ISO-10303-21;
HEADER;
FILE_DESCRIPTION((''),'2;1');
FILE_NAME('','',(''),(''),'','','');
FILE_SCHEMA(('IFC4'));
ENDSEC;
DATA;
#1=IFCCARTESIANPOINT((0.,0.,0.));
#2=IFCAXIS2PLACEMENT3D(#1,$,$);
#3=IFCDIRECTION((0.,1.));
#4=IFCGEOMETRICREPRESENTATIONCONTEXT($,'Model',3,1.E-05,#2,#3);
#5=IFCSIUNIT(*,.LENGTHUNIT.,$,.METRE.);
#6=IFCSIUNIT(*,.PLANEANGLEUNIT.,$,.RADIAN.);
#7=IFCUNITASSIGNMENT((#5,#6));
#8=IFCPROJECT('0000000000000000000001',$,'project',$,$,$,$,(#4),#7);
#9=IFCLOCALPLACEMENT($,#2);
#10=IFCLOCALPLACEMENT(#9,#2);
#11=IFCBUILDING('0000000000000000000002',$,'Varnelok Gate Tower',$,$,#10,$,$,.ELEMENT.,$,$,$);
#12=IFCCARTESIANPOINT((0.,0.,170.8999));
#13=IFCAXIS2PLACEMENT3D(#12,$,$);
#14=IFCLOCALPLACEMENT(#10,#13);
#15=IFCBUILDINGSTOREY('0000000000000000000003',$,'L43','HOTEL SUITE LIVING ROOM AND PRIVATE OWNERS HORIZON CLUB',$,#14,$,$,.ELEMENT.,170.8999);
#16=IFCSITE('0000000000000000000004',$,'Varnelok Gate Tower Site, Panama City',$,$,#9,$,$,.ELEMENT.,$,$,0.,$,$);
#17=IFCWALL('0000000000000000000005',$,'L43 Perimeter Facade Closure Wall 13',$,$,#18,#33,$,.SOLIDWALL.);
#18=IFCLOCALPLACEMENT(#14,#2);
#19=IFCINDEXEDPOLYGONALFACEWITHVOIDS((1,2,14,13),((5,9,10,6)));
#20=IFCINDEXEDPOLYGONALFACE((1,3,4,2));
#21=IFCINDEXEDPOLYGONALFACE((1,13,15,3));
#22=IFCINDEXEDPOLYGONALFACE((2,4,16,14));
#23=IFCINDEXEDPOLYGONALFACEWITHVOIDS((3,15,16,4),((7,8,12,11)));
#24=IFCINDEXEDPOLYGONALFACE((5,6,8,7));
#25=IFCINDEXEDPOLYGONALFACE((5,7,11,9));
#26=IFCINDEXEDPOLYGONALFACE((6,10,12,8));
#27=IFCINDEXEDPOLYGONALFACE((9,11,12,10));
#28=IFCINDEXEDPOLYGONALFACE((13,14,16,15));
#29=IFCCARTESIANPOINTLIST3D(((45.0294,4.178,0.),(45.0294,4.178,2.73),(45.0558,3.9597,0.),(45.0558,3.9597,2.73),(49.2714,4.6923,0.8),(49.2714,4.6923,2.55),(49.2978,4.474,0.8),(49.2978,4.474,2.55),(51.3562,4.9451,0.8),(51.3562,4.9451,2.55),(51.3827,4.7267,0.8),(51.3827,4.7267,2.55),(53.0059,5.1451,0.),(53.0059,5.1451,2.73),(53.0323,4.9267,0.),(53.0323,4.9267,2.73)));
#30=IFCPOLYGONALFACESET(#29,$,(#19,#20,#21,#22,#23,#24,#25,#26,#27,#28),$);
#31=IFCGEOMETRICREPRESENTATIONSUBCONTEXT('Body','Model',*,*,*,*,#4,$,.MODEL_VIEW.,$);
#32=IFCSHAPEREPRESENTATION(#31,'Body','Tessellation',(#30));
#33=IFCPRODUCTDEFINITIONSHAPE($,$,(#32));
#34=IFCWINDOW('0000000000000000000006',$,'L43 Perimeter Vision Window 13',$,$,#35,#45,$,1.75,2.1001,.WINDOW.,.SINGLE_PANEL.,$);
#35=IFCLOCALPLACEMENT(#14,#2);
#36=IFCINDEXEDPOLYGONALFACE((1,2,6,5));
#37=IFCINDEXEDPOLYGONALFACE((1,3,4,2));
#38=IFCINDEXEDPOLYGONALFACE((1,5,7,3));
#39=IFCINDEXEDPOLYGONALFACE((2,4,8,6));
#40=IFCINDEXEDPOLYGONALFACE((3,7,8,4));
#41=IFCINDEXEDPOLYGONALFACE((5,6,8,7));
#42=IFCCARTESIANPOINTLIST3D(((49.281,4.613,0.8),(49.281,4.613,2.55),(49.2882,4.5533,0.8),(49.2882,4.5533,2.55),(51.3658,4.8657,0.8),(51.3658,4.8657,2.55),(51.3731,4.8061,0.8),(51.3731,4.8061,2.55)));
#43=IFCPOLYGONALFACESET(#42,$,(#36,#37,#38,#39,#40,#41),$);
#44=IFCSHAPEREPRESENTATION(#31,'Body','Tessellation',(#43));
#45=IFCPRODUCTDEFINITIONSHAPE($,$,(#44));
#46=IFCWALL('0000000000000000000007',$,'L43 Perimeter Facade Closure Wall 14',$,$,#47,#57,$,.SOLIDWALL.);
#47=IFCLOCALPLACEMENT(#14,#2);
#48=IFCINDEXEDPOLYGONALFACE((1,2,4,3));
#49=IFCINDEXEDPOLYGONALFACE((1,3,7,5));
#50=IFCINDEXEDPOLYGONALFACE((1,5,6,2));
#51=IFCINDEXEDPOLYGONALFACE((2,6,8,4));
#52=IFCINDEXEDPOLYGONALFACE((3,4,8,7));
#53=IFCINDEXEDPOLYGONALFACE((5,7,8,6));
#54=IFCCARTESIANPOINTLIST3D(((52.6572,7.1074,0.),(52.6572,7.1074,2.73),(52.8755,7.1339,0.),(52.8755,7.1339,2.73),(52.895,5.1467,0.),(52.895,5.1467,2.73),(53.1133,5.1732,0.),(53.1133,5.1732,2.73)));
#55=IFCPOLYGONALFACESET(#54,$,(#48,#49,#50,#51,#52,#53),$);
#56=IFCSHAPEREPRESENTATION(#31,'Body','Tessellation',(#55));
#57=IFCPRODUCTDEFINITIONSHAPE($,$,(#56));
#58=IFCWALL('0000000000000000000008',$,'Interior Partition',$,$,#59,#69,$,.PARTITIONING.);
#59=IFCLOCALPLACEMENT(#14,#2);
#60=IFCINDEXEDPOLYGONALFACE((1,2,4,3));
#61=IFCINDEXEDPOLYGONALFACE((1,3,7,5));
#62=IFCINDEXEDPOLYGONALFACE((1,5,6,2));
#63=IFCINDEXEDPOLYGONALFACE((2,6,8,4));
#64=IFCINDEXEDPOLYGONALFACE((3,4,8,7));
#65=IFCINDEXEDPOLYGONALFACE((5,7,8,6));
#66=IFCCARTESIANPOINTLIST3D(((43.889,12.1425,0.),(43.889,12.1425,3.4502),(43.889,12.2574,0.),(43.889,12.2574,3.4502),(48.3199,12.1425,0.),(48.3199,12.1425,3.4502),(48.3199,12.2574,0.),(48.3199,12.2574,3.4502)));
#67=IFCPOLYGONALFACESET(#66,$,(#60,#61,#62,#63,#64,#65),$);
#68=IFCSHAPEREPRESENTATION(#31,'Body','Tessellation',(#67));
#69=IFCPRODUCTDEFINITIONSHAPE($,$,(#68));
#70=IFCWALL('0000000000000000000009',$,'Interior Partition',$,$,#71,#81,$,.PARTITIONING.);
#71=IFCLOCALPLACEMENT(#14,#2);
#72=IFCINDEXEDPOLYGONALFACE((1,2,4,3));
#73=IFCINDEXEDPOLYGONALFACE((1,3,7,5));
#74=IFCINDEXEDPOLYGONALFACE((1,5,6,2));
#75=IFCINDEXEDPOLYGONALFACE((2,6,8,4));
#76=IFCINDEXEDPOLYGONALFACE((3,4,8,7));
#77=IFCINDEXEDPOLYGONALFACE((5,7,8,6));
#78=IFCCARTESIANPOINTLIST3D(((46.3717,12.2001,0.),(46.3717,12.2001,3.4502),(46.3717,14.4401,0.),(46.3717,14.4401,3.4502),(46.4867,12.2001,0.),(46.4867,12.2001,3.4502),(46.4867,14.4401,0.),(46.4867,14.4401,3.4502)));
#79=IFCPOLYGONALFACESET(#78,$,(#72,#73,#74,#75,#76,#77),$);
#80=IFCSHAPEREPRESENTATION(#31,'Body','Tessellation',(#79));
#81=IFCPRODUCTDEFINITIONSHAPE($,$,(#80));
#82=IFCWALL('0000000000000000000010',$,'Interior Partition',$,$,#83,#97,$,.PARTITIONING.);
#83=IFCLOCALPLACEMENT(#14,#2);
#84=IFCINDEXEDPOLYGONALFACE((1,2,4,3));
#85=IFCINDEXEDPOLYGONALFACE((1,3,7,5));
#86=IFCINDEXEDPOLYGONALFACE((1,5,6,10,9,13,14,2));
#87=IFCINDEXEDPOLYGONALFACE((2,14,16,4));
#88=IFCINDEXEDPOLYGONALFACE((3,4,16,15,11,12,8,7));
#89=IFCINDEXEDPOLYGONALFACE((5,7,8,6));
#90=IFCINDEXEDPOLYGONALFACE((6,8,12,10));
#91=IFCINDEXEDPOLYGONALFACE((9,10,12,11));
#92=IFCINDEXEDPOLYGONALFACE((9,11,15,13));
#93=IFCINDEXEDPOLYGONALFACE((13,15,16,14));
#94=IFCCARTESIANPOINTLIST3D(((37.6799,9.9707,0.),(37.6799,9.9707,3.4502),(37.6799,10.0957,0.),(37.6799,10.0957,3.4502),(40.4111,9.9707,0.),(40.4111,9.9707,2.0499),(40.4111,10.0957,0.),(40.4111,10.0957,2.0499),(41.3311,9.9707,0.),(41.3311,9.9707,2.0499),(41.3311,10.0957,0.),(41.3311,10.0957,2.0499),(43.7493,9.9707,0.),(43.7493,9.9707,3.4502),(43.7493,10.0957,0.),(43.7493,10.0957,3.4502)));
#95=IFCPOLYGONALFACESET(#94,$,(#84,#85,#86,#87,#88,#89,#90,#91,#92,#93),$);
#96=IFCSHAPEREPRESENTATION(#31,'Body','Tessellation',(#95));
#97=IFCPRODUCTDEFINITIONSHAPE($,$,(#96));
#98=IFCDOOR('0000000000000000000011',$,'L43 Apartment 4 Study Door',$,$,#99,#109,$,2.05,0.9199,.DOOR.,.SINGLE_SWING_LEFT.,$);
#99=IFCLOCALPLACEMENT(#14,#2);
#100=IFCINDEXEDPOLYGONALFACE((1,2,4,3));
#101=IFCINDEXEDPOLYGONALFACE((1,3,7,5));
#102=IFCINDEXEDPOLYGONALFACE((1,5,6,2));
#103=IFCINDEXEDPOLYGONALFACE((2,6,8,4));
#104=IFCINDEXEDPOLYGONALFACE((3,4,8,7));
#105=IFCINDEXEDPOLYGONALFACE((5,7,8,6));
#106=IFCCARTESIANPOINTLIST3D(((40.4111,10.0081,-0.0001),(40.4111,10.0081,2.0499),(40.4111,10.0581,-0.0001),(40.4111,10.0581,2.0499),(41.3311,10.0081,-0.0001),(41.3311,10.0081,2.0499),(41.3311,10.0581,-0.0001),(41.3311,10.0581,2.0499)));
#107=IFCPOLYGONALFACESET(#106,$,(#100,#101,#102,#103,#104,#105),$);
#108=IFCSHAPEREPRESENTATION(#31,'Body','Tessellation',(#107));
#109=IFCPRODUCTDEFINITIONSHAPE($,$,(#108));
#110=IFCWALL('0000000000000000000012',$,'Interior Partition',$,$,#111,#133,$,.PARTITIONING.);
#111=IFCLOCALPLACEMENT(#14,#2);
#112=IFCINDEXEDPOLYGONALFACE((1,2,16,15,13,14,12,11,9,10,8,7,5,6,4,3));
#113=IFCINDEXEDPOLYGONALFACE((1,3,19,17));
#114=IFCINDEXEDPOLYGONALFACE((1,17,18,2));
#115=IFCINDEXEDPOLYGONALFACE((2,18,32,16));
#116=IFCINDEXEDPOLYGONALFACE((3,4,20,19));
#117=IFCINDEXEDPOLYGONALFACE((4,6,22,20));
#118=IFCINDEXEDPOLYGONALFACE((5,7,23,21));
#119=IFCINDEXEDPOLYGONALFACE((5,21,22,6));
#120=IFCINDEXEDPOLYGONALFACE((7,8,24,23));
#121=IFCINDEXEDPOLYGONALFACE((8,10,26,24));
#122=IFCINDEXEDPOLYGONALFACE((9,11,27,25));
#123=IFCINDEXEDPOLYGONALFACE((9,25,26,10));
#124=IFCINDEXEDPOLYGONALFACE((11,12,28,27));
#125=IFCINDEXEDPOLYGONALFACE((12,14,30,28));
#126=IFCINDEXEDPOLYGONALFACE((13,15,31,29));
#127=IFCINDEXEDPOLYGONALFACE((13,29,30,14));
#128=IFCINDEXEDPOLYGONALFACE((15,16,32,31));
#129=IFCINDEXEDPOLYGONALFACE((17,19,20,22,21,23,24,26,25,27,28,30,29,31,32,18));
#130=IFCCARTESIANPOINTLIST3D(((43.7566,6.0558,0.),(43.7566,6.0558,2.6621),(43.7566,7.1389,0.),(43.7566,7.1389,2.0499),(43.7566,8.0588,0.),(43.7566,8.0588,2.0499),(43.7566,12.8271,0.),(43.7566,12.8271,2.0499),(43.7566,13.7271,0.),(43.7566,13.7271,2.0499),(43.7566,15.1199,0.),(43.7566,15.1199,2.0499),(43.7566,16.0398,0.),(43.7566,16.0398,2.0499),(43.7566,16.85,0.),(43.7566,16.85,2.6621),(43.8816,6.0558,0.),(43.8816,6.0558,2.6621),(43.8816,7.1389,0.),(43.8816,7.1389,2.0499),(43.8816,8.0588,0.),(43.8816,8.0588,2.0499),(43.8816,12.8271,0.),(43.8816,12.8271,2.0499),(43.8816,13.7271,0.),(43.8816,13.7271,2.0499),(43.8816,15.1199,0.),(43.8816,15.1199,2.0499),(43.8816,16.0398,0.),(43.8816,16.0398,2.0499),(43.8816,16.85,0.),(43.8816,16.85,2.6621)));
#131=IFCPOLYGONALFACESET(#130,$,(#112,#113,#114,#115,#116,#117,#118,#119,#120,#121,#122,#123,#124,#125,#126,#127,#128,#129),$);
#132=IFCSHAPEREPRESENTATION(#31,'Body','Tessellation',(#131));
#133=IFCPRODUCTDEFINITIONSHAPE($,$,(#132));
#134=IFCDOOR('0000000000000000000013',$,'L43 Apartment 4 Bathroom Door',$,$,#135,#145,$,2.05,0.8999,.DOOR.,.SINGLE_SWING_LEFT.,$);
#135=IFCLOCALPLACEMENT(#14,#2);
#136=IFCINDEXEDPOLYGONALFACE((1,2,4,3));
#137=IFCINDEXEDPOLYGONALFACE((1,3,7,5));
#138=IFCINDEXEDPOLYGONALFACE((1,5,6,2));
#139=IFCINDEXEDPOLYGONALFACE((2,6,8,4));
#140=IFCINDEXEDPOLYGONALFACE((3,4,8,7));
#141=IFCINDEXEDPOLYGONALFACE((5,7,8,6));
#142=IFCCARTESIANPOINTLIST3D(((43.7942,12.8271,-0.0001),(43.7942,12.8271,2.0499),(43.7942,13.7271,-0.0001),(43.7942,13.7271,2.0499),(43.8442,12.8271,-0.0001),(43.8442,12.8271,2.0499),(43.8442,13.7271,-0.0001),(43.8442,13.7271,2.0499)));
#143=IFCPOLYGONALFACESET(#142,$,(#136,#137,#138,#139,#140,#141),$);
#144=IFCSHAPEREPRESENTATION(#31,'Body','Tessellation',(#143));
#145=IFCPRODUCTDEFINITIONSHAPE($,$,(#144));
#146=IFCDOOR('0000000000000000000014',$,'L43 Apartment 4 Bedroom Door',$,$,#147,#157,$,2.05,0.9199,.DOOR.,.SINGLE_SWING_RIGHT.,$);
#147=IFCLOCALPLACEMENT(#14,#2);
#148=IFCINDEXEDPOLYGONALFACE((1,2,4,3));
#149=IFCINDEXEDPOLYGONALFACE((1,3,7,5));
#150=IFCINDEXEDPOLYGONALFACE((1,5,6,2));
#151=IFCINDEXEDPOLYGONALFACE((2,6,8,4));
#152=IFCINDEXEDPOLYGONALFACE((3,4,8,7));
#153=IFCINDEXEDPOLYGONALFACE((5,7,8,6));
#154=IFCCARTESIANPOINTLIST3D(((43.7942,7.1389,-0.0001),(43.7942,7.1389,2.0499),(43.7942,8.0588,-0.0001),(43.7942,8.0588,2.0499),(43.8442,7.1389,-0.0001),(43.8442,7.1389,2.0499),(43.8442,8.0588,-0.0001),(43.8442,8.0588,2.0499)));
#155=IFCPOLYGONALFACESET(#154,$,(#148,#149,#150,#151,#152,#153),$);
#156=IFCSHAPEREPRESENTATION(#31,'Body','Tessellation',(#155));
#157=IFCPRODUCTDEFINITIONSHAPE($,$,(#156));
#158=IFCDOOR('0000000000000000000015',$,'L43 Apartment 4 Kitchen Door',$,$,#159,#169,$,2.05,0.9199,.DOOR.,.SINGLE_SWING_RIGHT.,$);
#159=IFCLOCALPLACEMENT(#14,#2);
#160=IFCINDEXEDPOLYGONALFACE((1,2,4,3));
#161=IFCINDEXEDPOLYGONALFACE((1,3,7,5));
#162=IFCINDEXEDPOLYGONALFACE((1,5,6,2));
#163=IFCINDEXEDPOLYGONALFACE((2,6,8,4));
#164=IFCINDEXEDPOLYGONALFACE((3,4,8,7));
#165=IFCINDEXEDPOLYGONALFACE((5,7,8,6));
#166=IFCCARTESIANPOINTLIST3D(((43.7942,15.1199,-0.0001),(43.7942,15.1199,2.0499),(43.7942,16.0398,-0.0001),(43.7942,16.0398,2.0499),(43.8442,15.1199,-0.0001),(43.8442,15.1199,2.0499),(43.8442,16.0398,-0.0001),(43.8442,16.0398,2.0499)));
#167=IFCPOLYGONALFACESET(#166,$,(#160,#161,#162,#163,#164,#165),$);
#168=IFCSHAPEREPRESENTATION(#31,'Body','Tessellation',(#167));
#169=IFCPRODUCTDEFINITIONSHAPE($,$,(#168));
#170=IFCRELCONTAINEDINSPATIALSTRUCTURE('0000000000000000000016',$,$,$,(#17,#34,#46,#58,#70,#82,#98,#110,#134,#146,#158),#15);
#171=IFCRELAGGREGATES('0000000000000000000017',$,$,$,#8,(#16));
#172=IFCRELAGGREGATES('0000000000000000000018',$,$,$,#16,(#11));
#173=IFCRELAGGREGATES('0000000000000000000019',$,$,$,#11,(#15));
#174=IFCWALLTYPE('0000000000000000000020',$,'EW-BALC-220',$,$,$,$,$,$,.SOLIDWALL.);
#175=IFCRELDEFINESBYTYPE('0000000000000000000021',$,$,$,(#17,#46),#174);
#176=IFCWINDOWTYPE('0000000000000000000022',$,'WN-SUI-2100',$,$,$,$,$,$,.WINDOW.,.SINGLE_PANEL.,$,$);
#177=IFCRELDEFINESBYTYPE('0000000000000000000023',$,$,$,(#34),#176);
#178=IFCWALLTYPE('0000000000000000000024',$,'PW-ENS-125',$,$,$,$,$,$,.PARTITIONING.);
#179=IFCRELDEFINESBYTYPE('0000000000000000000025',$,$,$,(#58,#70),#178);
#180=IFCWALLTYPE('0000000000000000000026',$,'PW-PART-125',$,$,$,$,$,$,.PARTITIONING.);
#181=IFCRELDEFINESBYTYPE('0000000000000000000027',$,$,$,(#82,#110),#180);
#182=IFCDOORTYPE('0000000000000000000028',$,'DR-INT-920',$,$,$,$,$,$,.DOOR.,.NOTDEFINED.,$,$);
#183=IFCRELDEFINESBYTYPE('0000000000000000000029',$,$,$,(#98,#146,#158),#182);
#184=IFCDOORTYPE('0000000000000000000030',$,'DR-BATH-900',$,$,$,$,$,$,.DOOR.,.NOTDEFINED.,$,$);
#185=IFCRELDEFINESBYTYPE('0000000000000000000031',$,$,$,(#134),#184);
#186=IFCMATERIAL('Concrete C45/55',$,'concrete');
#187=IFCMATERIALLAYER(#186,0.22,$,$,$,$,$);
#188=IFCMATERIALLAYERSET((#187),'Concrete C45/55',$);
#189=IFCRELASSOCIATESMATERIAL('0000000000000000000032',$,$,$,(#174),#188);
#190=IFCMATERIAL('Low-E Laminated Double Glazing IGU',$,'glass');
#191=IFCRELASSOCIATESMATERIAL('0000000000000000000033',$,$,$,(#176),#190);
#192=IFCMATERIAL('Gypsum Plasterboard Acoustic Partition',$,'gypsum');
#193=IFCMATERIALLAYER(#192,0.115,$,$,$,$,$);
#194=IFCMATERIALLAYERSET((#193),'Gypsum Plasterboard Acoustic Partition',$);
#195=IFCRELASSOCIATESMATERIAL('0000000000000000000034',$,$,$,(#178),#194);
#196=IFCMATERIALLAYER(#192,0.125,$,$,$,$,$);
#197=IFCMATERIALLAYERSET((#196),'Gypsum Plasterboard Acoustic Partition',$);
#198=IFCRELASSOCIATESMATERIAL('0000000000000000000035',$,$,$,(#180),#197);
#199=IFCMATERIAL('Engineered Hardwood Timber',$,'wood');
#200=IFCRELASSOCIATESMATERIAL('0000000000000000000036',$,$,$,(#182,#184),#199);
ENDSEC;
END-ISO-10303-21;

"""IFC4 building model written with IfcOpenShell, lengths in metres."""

from ifc_helpers import new_model, si_unit, direction, frame, frame_2d, origin, place, context, subcontext, project, spatial, rectangle, extrude, material, layer, layer_set, type_object, element, fill, save


model = new_model("IFC4")

# Units and contexts
model_context = context("Model", 3, precision=1e-05, world=origin(), true_north=direction((0.0, 1.0)))
body_context = subcontext(model_context, "Body", "Model", "MODEL_VIEW")
ifc_project = project(units=[si_unit("LENGTHUNIT", "METRE"), si_unit("PLANEANGLEUNIT", "RADIAN")], contexts=[model_context])

# Site, building, storey
site_placement = place(None, origin())
site = spatial("IfcSite", under=ifc_project, at=site_placement, Name="Varnelok Gate Tower Site, Panama City", CompositionType="ELEMENT", RefElevation=0.0)
building_placement = place(site_placement, origin())
building = spatial("IfcBuilding", under=site, at=building_placement, Name="Varnelok Gate Tower", CompositionType="ELEMENT")
storey_placement = place(building_placement, frame((0.0, 0.0, 170.8999)))
storey = spatial("IfcBuildingStorey", under=building, at=storey_placement, Name="L43", Description="HOTEL SUITE LIVING ROOM AND PRIVATE OWNERS HORIZON CLUB", CompositionType="ELEMENT", Elevation=170.8999)

# Shared definitions
ifc_material_1 = material(Name="Concrete C45/55", Category="concrete")
ifc_layer_1 = layer(ifc_material_1, 0.22)
ifc_layer_set_1 = layer_set([ifc_layer_1], Name="Concrete C45/55")
wall_type_1 = type_object("IfcWallType", Name="EW-BALC-220", PredefinedType="SOLIDWALL", material=ifc_layer_set_1)

# Wall, opening, window
ifc_material_2 = material(Name="Low-E Laminated Double Glazing IGU", Category="glass")
wall_1_placement = place(storey_placement, frame((45.0425, 4.0688, 0.0), z_axis=(0.0, 0.0, 1.0), x_axis=(0.992731, 0.120354, 0.0)))
wall_1 = element("IfcWall", 1, at=wall_1_placement, inside=storey, type_object=wall_type_1, Name="L43 Perimeter Facade Closure Wall 13", PredefinedType="SOLIDWALL", context=body_context, shape_type="SweptSolid", body=[
    extrude(rectangle(XDim=8.0349, YDim=0.22, at=frame_2d((4.0176, 0.0))), origin(), (0.0, 0.0, 1.0), 2.73),
])
opening_1_placement = place(wall_1_placement, frame((4.2732, 0.0, 0.8)))
opening_1 = element("IfcOpeningElement", 2, at=opening_1_placement, cuts=wall_1, PredefinedType="OPENING", context=body_context, shape_type="SweptSolid", body=[
    extrude(rectangle(XDim=2.1001, YDim=1.75, at=frame_2d((1.05, 0.875))), frame((0.0, 0.1199, 0.0), z_axis=(0.0, -1.0, 0.0), x_axis=(1.0, 0.0, 0.0)), (0.0, 0.0, 1.0), 0.24),
])
window_type_1 = type_object("IfcWindowType", Name="WN-SUI-2100", PartitioningType="SINGLE_PANEL", PredefinedType="WINDOW", material=ifc_material_2)
window_1_placement = place(opening_1_placement, origin())
window_1 = element("IfcWindow", 3, at=window_1_placement, inside=storey, type_object=window_type_1, Name="L43 Perimeter Vision Window 13", OverallHeight=1.75, OverallWidth=2.1001, PartitioningType="SINGLE_PANEL", PredefinedType="WINDOW", context=body_context, shape_type="SweptSolid", body=[
    extrude(rectangle(XDim=2.1001, YDim=1.75, at=frame_2d((1.05, 0.875))), frame((0.0, 0.03, 0.0), z_axis=(0.0, -1.0, 0.0), x_axis=(1.0, 0.0, 0.0)), (0.0, 0.0, 1.0), 0.0601),
])
fill(opening_1, window_1)

# Walls
wall_2_placement = place(storey_placement, frame((53.0042, 5.1599, 0.0), z_axis=(0.0, 0.0, 1.0), x_axis=(-0.120398, 0.992726, 0.0)))
element("IfcWall", 4, at=wall_2_placement, inside=storey, type_object=wall_type_1, Name="L43 Perimeter Facade Closure Wall 14", PredefinedType="SOLIDWALL", context=body_context, shape_type="SweptSolid", body=[
    extrude(rectangle(XDim=1.9751, YDim=0.22, at=frame_2d((0.9875, 0.0))), origin(), (0.0, 0.0, 1.0), 2.73),
])
ifc_material_3 = material(Name="Gypsum Plasterboard Acoustic Partition", Category="gypsum")
ifc_layer_2 = layer(ifc_material_3, 0.115)
ifc_layer_set_2 = layer_set([ifc_layer_2], Name="Gypsum Plasterboard Acoustic Partition")
wall_type_2 = type_object("IfcWallType", Name="PW-ENS-125", PredefinedType="PARTITIONING", material=ifc_layer_set_2)
wall_3_placement = place(storey_placement, frame((43.8892, 12.2, 0.0), z_axis=(0.0, 0.0, 1.0), x_axis=(1.0, 0.0, 0.0)))
element("IfcWall", 5, at=wall_3_placement, inside=storey, type_object=wall_type_2, Name="Interior Partition", PredefinedType="PARTITIONING", context=body_context, shape_type="SweptSolid", body=[
    extrude(rectangle(XDim=4.4309, YDim=0.115, at=frame_2d((2.2153, 0.0))), origin(), (0.0, 0.0, 1.0), 3.4502),
])
wall_4_placement = place(storey_placement, frame((46.4292, 12.2, 0.0), z_axis=(0.0, 0.0, 1.0), x_axis=(0.0, 1.0, 0.0)))
element("IfcWall", 6, at=wall_4_placement, inside=storey, type_object=wall_type_2, Name="Interior Partition", PredefinedType="PARTITIONING", context=body_context, shape_type="SweptSolid", body=[
    extrude(rectangle(XDim=2.24, YDim=0.115, at=frame_2d((1.1201, 0.0))), origin(), (0.0, 0.0, 1.0), 3.4502),
])

# Wall, opening, door
ifc_layer_3 = layer(ifc_material_3, 0.125)
ifc_layer_set_3 = layer_set([ifc_layer_3], Name="Gypsum Plasterboard Acoustic Partition")
wall_type_3 = type_object("IfcWallType", Name="PW-PART-125", PredefinedType="PARTITIONING", material=ifc_layer_set_3)
wall_5_placement = place(storey_placement, frame((37.6799, 10.0332, 0.0), z_axis=(0.0, 0.0, 1.0), x_axis=(1.0, 0.0, 0.0)))
wall_5 = element("IfcWall", 7, at=wall_5_placement, inside=storey, type_object=wall_type_3, Name="Interior Partition", PredefinedType="PARTITIONING", context=body_context, shape_type="SweptSolid", body=[
    extrude(rectangle(XDim=6.0693, YDim=0.125, at=frame_2d((3.0347, 0.0))), origin(), (0.0, 0.0, 1.0), 3.4502),
])
opening_2_placement = place(wall_5_placement, frame((2.7312, 0.0, 0.0)))
opening_2 = element("IfcOpeningElement", 8, at=opening_2_placement, cuts=wall_5, PredefinedType="OPENING", context=body_context, shape_type="SweptSolid", body=[
    extrude(rectangle(XDim=0.9199, YDim=2.05, at=frame_2d((0.46, 1.0249))), frame((0.0, 0.0725, 0.0), z_axis=(0.0, -1.0, 0.0), x_axis=(1.0, 0.0, 0.0)), (0.0, 0.0, 1.0), 0.145),
])
ifc_material_4 = material(Name="Engineered Hardwood Timber", Category="wood")
door_type_1 = type_object("IfcDoorType", Name="DR-INT-920", OperationType="NOTDEFINED", PredefinedType="DOOR", material=ifc_material_4)
door_1_placement = place(opening_2_placement, origin())
door_1 = element("IfcDoor", 9, at=door_1_placement, inside=storey, type_object=door_type_1, Name="L43 Apartment 4 Study Door", OperationType="SINGLE_SWING_LEFT", OverallHeight=2.05, OverallWidth=0.9199, PredefinedType="DOOR", context=body_context, shape_type="SweptSolid", body=[
    extrude(rectangle(XDim=0.9199, YDim=2.05, at=frame_2d((0.46, 1.0249))), frame((0.0, 0.0249, 0.0), z_axis=(0.0, -1.0, 0.0), x_axis=(1.0, 0.0, 0.0)), (0.0, 0.0, 1.0), 0.05),
])
fill(opening_2, door_1)

# Wall, openings, doors
wall_6_placement = place(storey_placement, frame((43.8191, 6.0559, 0.0), z_axis=(0.0, 0.0, 1.0), x_axis=(0.0, 1.0, 0.0)))
wall_6 = element("IfcWall", 10, at=wall_6_placement, inside=storey, type_object=wall_type_3, Name="Interior Partition", PredefinedType="PARTITIONING", context=body_context, shape_type="SweptSolid", body=[
    extrude(rectangle(XDim=10.7942, YDim=0.125, at=frame_2d((5.397, 0.0))), origin(), (0.0, 0.0, 1.0), 2.6621),
])
opening_3_placement = place(wall_6_placement, frame((1.083, 0.0, 0.0)))
opening_3 = element("IfcOpeningElement", 11, at=opening_3_placement, cuts=wall_6, PredefinedType="OPENING", context=body_context, shape_type="SweptSolid", body=[
    extrude(rectangle(XDim=0.9199, YDim=2.05, at=frame_2d((0.46, 1.0249))), frame((0.0, 0.0725, 0.0), z_axis=(0.0, -1.0, 0.0), x_axis=(1.0, 0.0, 0.0)), (0.0, 0.0, 1.0), 0.145),
])
opening_4_placement = place(wall_6_placement, frame((6.7712, 0.0, 0.0)))
opening_4 = element("IfcOpeningElement", 12, at=opening_4_placement, cuts=wall_6, PredefinedType="OPENING", context=body_context, shape_type="SweptSolid", body=[
    extrude(rectangle(XDim=0.8999, YDim=2.05, at=frame_2d((0.45, 1.0249))), frame((0.0, 0.0725, 0.0), z_axis=(0.0, -1.0, 0.0), x_axis=(1.0, 0.0, 0.0)), (0.0, 0.0, 1.0), 0.145),
])
opening_5_placement = place(wall_6_placement, frame((9.064, 0.0, 0.0)))
opening_5 = element("IfcOpeningElement", 13, at=opening_5_placement, cuts=wall_6, PredefinedType="OPENING", context=body_context, shape_type="SweptSolid", body=[
    extrude(rectangle(XDim=0.9199, YDim=2.05, at=frame_2d((0.46, 1.0249))), frame((0.0, 0.0725, 0.0), z_axis=(0.0, -1.0, 0.0), x_axis=(1.0, 0.0, 0.0)), (0.0, 0.0, 1.0), 0.145),
])
door_type_2 = type_object("IfcDoorType", Name="DR-BATH-900", OperationType="NOTDEFINED", PredefinedType="DOOR", material=ifc_material_4)
door_2_placement = place(opening_4_placement, origin())
door_2 = element("IfcDoor", 14, at=door_2_placement, inside=storey, type_object=door_type_2, Name="L43 Apartment 4 Bathroom Door", OperationType="SINGLE_SWING_LEFT", OverallHeight=2.05, OverallWidth=0.8999, PredefinedType="DOOR", context=body_context, shape_type="SweptSolid", body=[
    extrude(rectangle(XDim=0.8999, YDim=2.05, at=frame_2d((0.45, 1.0249))), frame((0.0, 0.0249, 0.0), z_axis=(0.0, -1.0, 0.0), x_axis=(1.0, 0.0, 0.0)), (0.0, 0.0, 1.0), 0.05),
])
fill(opening_4, door_2)
door_3_placement = place(opening_3_placement, origin())
door_3 = element("IfcDoor", 15, at=door_3_placement, inside=storey, type_object=door_type_1, Name="L43 Apartment 4 Bedroom Door", OperationType="SINGLE_SWING_RIGHT", OverallHeight=2.05, OverallWidth=0.9199, PredefinedType="DOOR", context=body_context, shape_type="SweptSolid", body=[
    extrude(rectangle(XDim=0.9199, YDim=2.05, at=frame_2d((0.46, 1.0249))), frame((0.0, 0.0249, 0.0), z_axis=(0.0, -1.0, 0.0), x_axis=(1.0, 0.0, 0.0)), (0.0, 0.0, 1.0), 0.05),
])
fill(opening_3, door_3)
door_4_placement = place(opening_5_placement, origin())
door_4 = element("IfcDoor", 16, at=door_4_placement, inside=storey, type_object=door_type_1, Name="L43 Apartment 4 Kitchen Door", OperationType="SINGLE_SWING_RIGHT", OverallHeight=2.05, OverallWidth=0.9199, PredefinedType="DOOR", context=body_context, shape_type="SweptSolid", body=[
    extrude(rectangle(XDim=0.9199, YDim=2.05, at=frame_2d((0.46, 1.0249))), frame((0.0, 0.0249, 0.0), z_axis=(0.0, -1.0, 0.0), x_axis=(1.0, 0.0, 0.0)), (0.0, 0.0, 1.0), 0.05),
])
fill(opening_5, door_4)

save(model, "model.ifc")
